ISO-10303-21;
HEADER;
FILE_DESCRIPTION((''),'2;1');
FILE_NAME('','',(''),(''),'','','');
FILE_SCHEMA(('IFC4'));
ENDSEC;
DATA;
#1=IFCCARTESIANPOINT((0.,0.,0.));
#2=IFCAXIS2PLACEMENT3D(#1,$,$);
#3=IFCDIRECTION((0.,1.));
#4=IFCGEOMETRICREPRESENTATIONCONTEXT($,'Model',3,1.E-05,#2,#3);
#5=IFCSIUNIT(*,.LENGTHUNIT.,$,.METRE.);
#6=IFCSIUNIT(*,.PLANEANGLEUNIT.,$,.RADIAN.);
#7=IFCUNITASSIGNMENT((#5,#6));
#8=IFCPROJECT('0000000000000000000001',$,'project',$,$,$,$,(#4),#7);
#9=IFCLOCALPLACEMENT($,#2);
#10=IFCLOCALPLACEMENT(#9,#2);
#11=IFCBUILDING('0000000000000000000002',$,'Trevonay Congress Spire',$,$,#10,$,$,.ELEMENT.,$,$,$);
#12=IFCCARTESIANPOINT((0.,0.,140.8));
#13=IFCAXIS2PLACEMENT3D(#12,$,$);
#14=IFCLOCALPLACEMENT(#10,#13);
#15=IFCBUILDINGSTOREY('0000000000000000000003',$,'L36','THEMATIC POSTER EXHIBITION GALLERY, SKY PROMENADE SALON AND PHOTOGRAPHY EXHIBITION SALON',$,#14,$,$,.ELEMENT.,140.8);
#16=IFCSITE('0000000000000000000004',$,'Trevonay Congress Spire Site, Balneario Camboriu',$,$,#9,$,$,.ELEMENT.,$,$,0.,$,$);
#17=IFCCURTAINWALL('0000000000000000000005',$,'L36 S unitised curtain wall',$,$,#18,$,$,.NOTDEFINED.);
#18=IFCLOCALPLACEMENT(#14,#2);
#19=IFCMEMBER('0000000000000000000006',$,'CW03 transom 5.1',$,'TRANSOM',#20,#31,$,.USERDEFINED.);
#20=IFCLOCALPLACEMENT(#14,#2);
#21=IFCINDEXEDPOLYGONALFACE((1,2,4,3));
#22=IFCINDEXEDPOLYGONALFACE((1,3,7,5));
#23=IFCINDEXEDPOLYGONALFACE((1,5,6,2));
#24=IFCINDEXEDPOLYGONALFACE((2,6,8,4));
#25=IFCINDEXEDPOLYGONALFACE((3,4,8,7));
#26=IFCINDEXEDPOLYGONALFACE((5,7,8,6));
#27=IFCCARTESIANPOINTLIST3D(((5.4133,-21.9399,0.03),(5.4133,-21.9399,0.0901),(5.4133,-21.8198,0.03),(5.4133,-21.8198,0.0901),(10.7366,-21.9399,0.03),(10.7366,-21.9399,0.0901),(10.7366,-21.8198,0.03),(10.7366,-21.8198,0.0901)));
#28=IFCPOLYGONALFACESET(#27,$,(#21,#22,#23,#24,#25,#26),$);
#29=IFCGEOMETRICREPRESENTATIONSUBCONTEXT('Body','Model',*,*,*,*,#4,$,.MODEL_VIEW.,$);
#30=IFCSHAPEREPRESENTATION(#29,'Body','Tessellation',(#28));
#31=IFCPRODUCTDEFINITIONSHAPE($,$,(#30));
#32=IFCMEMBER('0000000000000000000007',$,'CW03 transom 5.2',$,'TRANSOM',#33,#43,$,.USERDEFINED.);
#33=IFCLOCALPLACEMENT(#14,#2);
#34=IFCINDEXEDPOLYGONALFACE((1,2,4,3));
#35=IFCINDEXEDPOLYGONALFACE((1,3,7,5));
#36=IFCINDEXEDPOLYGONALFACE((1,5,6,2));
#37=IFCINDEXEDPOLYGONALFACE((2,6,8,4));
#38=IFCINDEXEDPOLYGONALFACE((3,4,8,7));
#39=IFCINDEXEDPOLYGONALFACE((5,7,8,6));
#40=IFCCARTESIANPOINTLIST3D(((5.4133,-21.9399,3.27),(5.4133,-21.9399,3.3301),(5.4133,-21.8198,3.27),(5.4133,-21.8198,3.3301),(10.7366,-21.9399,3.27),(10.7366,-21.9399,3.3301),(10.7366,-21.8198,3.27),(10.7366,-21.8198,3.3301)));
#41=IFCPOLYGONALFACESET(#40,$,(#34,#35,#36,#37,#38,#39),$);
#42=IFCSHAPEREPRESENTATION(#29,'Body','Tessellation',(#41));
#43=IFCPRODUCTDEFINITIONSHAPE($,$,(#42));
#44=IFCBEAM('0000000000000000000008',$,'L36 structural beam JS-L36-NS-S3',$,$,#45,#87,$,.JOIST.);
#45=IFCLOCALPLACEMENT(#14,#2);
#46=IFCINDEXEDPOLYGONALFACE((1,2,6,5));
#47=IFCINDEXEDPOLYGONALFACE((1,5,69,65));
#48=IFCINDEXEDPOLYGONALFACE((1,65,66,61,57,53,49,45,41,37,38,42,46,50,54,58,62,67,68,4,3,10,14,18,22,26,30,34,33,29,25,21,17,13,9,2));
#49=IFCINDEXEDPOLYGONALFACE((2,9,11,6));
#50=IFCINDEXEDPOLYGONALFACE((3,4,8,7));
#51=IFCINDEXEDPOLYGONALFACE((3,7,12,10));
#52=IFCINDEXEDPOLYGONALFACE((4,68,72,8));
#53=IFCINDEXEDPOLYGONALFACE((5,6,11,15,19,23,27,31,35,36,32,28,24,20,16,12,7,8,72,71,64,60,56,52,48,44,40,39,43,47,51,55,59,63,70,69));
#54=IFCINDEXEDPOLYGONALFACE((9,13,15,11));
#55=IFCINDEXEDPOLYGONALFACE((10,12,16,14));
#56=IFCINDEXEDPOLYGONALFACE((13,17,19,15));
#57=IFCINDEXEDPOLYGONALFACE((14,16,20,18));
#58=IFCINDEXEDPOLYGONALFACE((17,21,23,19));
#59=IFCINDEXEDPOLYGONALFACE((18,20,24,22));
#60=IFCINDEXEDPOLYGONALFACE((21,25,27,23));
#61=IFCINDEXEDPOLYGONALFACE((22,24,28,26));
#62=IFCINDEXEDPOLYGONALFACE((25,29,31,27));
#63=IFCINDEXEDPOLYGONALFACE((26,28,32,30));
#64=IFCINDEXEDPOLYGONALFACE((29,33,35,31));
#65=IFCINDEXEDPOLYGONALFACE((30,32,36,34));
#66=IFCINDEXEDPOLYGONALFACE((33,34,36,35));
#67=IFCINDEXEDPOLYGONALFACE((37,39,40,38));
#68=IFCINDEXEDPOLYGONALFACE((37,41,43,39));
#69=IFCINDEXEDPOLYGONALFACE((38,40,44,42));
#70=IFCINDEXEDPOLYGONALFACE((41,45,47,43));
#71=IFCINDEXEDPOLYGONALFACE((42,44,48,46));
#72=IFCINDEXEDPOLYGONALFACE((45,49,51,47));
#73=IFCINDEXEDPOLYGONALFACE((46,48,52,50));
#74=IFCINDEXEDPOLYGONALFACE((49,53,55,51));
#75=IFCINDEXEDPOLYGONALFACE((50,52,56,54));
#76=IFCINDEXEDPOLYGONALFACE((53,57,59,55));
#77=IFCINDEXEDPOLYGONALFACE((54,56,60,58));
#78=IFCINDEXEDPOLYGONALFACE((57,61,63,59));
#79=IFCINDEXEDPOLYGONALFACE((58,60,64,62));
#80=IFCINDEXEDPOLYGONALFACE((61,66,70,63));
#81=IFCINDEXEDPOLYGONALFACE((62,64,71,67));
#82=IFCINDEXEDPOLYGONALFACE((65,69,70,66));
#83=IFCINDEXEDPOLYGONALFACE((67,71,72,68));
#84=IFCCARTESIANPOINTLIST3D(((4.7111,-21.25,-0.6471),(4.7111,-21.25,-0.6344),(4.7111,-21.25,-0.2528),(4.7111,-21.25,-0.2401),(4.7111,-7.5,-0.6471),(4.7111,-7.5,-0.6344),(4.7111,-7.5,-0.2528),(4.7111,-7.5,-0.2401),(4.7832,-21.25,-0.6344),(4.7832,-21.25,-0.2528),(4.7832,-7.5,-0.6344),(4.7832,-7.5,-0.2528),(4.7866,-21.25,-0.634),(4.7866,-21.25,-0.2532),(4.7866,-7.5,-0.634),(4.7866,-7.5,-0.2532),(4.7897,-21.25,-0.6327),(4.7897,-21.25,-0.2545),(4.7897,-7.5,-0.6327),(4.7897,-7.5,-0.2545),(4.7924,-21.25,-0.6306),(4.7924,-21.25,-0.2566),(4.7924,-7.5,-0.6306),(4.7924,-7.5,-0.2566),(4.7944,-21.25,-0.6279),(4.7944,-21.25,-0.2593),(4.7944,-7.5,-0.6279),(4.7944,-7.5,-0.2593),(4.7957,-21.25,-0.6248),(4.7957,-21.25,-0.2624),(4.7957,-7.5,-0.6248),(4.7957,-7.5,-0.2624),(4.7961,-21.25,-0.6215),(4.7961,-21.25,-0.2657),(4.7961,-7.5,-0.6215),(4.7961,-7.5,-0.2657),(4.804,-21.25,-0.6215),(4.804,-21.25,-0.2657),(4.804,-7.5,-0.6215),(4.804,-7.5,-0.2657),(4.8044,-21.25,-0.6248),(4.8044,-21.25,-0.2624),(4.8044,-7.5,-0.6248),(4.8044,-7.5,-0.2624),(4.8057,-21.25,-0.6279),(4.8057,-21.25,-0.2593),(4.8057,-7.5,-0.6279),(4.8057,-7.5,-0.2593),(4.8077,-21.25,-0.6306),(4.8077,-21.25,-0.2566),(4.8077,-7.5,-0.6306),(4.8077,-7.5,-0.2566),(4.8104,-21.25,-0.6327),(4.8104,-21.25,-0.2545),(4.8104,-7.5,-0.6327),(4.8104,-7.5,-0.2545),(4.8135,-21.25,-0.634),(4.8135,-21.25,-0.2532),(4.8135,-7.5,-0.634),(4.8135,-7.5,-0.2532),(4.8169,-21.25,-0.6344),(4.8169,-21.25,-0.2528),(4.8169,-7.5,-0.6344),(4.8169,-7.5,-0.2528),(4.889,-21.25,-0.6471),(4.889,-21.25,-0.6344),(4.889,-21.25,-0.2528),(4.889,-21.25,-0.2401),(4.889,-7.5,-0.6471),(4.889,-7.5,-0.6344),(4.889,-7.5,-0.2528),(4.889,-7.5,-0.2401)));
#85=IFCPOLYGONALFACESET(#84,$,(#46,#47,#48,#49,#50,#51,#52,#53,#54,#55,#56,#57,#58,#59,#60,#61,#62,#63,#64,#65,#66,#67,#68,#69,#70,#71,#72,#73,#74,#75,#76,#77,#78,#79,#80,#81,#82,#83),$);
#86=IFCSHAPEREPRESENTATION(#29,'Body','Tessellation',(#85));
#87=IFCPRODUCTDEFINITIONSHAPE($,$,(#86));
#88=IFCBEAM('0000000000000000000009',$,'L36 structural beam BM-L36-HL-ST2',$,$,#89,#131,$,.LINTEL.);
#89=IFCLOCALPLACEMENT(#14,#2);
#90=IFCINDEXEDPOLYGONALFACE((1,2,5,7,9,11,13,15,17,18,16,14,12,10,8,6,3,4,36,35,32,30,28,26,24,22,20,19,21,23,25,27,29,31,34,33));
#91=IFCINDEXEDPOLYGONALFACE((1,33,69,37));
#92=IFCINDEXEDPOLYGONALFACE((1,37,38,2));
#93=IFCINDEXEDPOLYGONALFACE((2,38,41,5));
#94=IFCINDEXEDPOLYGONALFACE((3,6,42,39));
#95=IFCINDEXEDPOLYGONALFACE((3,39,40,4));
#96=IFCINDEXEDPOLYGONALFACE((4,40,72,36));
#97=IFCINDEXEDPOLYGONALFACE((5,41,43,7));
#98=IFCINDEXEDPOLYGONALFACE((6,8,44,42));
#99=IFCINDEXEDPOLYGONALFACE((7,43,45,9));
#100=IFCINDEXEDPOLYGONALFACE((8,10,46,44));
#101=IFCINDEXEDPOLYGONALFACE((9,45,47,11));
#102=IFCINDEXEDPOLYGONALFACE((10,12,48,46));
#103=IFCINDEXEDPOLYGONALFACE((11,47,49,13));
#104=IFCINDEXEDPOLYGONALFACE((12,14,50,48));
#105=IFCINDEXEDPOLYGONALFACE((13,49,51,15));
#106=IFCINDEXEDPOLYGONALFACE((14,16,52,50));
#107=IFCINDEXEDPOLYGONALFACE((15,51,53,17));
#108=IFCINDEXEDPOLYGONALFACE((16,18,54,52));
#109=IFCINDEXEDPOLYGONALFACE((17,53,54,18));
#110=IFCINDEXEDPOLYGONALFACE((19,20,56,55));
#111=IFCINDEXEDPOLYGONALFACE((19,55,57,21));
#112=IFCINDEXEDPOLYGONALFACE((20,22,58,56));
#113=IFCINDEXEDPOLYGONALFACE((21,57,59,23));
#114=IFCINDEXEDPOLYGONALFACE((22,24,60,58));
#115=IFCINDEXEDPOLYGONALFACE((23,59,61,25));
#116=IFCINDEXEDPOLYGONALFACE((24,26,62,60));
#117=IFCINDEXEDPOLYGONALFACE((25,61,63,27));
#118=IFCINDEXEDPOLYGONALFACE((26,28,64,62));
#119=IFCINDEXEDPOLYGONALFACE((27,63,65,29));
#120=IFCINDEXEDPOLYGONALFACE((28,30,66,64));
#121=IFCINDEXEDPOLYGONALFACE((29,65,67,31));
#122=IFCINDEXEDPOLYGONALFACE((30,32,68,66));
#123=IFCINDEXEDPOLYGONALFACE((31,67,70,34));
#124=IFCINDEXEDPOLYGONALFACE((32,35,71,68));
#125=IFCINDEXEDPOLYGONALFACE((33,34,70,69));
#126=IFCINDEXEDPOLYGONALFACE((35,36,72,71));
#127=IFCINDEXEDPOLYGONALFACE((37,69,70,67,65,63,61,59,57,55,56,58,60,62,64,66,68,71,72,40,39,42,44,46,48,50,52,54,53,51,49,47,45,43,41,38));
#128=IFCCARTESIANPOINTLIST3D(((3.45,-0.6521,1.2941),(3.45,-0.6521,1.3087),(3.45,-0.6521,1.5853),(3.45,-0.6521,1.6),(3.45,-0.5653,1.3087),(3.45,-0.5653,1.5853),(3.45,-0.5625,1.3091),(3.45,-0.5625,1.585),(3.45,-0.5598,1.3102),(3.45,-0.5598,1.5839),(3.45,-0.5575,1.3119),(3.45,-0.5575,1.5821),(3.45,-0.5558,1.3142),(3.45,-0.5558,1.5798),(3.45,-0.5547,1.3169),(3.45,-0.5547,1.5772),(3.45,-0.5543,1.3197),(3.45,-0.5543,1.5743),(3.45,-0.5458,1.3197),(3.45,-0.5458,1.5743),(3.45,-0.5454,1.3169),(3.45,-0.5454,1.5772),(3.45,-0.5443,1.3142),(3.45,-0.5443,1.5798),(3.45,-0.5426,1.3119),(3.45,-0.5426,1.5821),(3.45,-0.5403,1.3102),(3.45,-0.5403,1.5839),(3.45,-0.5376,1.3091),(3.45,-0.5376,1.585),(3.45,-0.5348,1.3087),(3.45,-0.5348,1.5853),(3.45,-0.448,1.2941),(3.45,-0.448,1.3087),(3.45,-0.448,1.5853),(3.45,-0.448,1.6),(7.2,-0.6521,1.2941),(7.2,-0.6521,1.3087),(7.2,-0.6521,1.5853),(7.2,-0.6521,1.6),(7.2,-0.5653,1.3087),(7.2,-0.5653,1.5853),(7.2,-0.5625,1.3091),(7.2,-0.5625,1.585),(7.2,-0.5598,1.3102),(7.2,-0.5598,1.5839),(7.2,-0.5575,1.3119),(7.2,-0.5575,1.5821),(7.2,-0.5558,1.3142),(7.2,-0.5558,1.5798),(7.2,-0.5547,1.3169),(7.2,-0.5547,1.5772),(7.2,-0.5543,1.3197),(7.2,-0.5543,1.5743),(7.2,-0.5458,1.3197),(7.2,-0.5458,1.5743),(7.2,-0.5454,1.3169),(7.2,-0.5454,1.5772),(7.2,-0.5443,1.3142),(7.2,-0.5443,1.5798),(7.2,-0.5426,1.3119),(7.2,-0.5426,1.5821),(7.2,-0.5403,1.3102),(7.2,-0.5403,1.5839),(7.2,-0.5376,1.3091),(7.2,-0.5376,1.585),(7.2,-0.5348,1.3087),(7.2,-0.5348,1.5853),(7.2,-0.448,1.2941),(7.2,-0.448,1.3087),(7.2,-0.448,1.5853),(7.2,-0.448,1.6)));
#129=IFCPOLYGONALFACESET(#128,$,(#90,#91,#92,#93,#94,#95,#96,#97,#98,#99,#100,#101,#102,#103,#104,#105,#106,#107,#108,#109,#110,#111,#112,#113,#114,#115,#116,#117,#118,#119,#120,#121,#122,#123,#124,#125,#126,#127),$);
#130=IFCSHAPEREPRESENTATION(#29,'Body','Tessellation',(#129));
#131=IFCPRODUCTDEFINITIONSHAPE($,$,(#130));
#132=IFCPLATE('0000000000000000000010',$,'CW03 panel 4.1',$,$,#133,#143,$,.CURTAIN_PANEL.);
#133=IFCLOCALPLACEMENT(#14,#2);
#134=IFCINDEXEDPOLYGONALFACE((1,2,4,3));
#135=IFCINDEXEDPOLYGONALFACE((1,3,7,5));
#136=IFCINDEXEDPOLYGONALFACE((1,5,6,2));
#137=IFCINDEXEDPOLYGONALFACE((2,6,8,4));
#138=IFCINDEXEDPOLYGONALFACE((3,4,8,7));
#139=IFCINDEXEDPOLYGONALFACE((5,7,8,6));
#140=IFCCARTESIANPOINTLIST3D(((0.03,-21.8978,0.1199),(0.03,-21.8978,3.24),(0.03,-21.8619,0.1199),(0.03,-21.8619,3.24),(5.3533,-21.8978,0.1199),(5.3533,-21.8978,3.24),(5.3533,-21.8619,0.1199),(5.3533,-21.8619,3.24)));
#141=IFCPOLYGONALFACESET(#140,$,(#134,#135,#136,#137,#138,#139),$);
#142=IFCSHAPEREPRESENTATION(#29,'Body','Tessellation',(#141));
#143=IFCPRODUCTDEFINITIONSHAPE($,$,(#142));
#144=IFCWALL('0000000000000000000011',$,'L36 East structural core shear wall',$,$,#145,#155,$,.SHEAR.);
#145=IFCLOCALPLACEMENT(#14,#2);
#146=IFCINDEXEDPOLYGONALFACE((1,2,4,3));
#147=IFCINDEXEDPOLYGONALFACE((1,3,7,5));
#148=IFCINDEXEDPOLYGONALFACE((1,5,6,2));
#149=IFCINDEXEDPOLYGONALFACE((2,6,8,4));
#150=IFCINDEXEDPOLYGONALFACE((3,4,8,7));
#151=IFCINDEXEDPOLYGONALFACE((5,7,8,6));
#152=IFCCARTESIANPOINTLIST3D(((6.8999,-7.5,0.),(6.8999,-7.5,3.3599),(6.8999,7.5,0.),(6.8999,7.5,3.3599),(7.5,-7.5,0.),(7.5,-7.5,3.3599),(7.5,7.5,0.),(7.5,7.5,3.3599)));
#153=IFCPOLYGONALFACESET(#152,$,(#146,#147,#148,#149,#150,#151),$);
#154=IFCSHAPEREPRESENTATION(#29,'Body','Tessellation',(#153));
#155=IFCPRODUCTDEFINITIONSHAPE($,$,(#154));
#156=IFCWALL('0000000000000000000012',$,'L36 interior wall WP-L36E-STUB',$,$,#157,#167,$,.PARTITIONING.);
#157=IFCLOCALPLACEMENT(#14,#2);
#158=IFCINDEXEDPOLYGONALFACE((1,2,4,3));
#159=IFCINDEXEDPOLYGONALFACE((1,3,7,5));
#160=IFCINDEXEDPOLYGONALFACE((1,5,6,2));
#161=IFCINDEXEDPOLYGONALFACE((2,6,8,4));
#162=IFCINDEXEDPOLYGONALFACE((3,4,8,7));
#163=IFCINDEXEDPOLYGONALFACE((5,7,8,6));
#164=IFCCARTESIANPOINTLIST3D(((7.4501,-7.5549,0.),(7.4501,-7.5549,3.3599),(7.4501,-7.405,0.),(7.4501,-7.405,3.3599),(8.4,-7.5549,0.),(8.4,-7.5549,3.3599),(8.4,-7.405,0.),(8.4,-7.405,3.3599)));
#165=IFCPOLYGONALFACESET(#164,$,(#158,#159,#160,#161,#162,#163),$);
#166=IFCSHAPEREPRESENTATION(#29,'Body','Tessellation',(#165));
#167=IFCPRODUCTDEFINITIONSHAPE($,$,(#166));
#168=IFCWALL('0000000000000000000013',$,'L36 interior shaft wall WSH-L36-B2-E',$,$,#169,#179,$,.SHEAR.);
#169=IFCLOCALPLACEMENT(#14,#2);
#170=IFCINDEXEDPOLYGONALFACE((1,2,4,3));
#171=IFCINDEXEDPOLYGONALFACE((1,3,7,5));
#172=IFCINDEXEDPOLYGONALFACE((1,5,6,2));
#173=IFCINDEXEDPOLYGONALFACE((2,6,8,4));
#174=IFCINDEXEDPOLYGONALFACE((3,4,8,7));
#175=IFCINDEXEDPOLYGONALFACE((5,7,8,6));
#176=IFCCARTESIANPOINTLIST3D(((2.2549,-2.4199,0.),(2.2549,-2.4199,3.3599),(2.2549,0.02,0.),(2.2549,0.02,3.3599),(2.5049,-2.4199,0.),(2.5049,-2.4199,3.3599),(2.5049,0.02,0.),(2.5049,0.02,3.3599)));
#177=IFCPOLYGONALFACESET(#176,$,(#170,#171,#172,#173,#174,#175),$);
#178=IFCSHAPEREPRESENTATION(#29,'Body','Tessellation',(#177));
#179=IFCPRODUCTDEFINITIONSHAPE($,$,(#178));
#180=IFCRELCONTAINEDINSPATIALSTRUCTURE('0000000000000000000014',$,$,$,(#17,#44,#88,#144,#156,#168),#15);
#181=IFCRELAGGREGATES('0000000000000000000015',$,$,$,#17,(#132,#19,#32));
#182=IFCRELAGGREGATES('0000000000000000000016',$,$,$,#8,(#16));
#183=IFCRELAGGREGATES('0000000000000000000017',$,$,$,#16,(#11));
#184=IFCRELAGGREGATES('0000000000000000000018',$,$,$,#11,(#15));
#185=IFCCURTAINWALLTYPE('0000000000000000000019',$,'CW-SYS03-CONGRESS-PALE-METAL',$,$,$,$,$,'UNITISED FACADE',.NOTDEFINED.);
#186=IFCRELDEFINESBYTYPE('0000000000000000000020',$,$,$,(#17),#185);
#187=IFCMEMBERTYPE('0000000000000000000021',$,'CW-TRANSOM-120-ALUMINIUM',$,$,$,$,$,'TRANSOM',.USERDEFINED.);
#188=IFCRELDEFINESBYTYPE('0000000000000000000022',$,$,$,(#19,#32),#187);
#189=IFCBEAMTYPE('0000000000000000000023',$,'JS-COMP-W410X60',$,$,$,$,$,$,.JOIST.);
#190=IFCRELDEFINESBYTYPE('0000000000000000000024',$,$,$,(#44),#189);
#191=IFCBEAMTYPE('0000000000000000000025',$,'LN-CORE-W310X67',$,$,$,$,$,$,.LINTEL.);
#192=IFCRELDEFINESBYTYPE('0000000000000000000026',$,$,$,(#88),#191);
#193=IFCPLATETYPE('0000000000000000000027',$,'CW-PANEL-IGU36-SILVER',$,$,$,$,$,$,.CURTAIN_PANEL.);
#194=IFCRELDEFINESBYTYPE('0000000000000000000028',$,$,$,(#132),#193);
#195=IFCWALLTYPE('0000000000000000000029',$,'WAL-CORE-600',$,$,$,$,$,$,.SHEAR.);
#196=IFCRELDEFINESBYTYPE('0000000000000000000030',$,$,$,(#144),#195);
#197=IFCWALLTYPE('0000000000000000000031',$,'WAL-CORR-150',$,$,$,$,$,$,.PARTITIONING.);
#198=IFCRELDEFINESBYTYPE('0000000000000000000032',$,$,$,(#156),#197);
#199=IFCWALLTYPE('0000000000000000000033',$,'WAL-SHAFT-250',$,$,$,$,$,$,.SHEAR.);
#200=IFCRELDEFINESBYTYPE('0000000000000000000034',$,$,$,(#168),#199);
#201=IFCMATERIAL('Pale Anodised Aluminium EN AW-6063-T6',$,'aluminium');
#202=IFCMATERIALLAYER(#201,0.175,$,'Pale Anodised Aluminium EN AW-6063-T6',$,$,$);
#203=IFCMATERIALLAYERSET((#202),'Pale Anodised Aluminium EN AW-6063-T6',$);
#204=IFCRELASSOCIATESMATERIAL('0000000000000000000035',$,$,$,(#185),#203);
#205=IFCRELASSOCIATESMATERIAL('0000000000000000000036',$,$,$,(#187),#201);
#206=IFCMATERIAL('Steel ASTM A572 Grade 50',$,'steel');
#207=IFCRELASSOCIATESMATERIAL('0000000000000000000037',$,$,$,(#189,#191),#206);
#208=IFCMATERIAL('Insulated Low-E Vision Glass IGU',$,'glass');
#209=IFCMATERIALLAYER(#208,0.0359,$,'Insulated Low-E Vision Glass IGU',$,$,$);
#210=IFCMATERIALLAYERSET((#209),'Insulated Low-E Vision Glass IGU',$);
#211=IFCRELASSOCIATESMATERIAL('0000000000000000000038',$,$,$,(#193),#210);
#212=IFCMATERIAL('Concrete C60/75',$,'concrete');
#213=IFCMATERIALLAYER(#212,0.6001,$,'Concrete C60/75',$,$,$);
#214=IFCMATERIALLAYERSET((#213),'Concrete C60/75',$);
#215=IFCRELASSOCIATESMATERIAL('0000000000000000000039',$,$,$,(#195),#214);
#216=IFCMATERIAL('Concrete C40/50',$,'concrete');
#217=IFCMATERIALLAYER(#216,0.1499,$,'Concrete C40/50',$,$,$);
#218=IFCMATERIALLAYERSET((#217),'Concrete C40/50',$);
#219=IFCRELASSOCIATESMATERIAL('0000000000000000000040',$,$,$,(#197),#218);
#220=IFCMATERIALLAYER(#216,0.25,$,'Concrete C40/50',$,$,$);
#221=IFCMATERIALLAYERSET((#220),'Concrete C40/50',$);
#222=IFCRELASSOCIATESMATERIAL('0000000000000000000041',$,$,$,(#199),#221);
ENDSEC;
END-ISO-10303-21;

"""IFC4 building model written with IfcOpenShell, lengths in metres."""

from ifc_helpers import new_model, si_unit, direction, frame, frame_2d, origin, origin_2d, place, context, subcontext, project, spatial, rectangle, i_section, extrude, material, layer, layer_set, material_profile, profile_set, type_object, element, aggregate, save


model = new_model("IFC4")

# Units and contexts
model_context = context("Model", 3, precision=1e-05, world=origin(), true_north=direction((0.0, 1.0)))
body_context = subcontext(model_context, "Body", "Model", "MODEL_VIEW")
ifc_project = project(units=[si_unit("LENGTHUNIT", "METRE"), si_unit("PLANEANGLEUNIT", "RADIAN")], contexts=[model_context])

# Site, building, storey
site_placement = place(None, origin())
site = spatial("IfcSite", under=ifc_project, at=site_placement, Name="Trevonay Congress Spire Site, Balneario Camboriu", CompositionType="ELEMENT", RefElevation=0.0)
building_placement = place(site_placement, origin())
building = spatial("IfcBuilding", under=site, at=building_placement, Name="Trevonay Congress Spire", CompositionType="ELEMENT")
storey_placement = place(building_placement, frame((0.0, 0.0, 140.8)))
storey = spatial("IfcBuildingStorey", under=building, at=storey_placement, Name="L36", Description="THEMATIC POSTER EXHIBITION GALLERY, SKY PROMENADE SALON AND PHOTOGRAPHY EXHIBITION SALON", CompositionType="ELEMENT", Elevation=140.8)

# Shared definitions
ifc_material_1 = material(Name="Steel ASTM A572 Grade 50", Category="steel")

# Curtain wall, members
ifc_material_2 = material(Name="Pale Anodised Aluminium EN AW-6063-T6", Category="aluminium")
ifc_layer_1 = layer(ifc_material_2, 0.175, Name="Pale Anodised Aluminium EN AW-6063-T6")
ifc_layer_set_1 = layer_set([ifc_layer_1], Name="Pale Anodised Aluminium EN AW-6063-T6")
curtain_wall_type = type_object("IfcCurtainWallType", Name="CW-SYS03-CONGRESS-PALE-METAL", ElementType="UNITISED FACADE", PredefinedType="NOTDEFINED", material=ifc_layer_set_1)
curtain_wall_placement = place(storey_placement, origin())
curtain_wall = element("IfcCurtainWall", 1, at=curtain_wall_placement, inside=storey, type_object=curtain_wall_type, Name="L36 S unitised curtain wall", PredefinedType="NOTDEFINED")
ifc_material_profile_1 = material_profile(ifc_material_2, rectangle(XDim=0.1201, YDim=0.0601, at=origin_2d()), Name="CW-TRANSOM-120-ALUMINIUM")
ifc_profile_set_1 = profile_set([ifc_material_profile_1], Name="Pale Anodised Aluminium EN AW-6063-T6")
member_type_1 = type_object("IfcMemberType", Name="CW-TRANSOM-120-ALUMINIUM", ElementType="TRANSOM", PredefinedType="USERDEFINED", material=ifc_profile_set_1)
member_1_placement = place(storey_placement, frame((5.4133, -21.8799, 0.0601), z_axis=(1.0, 0.0, 0.0), x_axis=(0.0, 1.0, 0.0)))
member_1 = element("IfcMember", 2, at=member_1_placement, type_object=member_type_1, Name="CW03 transom 5.1", ObjectType="TRANSOM", PredefinedType="USERDEFINED", context=body_context, shape_type="SweptSolid", body=[
    extrude(rectangle(XDim=0.1201, YDim=0.0601, at=origin_2d()), origin(), (0.0, 0.0, 1.0), 5.3232),
])
member_2_placement = place(storey_placement, frame((5.4133, -21.8799, 3.3), z_axis=(1.0, 0.0, 0.0), x_axis=(0.0, 1.0, 0.0)))
member_2 = element("IfcMember", 3, at=member_2_placement, type_object=member_type_1, Name="CW03 transom 5.2", ObjectType="TRANSOM", PredefinedType="USERDEFINED", context=body_context, shape_type="SweptSolid", body=[
    extrude(rectangle(XDim=0.1201, YDim=0.0601, at=origin_2d()), origin(), (0.0, 0.0, 1.0), 5.3232),
])

# Beams
ifc_material_profile_2 = material_profile(ifc_material_1, i_section(OverallWidth=0.178, OverallDepth=0.407, WebThickness=0.0078, FlangeThickness=0.0127, FilletRadius=0.0129, at=origin_2d()), Name="W410x60")
ifc_profile_set_2 = profile_set([ifc_material_profile_2], Name="Steel ASTM A572 Grade 50")
beam_type_1 = type_object("IfcBeamType", Name="JS-COMP-W410X60", PredefinedType="JOIST", material=ifc_profile_set_2)
beam_1_placement = place(storey_placement, frame((4.8, -21.25, -0.4436), z_axis=(0.0, 1.0, 0.0), x_axis=(-1.0, 0.0, 0.0)))
element("IfcBeam", 4, at=beam_1_placement, inside=storey, type_object=beam_type_1, Name="L36 structural beam JS-L36-NS-S3", PredefinedType="JOIST", context=body_context, shape_type="SweptSolid", body=[
    extrude(i_section(OverallWidth=0.178, OverallDepth=0.407, WebThickness=0.0078, FlangeThickness=0.0127, FilletRadius=0.0129, at=origin_2d()), origin(), (0.0, 0.0, 1.0), 13.75),
])
ifc_material_profile_3 = material_profile(ifc_material_1, i_section(OverallWidth=0.2041, OverallDepth=0.3059, WebThickness=0.0085, FlangeThickness=0.0146, FilletRadius=0.011, at=origin_2d()), Name="W310x67")
ifc_profile_set_3 = profile_set([ifc_material_profile_3], Name="Steel ASTM A572 Grade 50")
beam_type_2 = type_object("IfcBeamType", Name="LN-CORE-W310X67", PredefinedType="LINTEL", material=ifc_profile_set_3)
beam_2_placement = place(storey_placement, frame((3.45, -0.55, 1.447), z_axis=(1.0, 0.0, 0.0), x_axis=(0.0, 1.0, 0.0)))
element("IfcBeam", 5, at=beam_2_placement, inside=storey, type_object=beam_type_2, Name="L36 structural beam BM-L36-HL-ST2", PredefinedType="LINTEL", context=body_context, shape_type="SweptSolid", body=[
    extrude(i_section(OverallWidth=0.2041, OverallDepth=0.3059, WebThickness=0.0085, FlangeThickness=0.0146, FilletRadius=0.011, at=origin_2d()), origin(), (0.0, 0.0, 1.0), 3.75),
])

# Plate
ifc_material_3 = material(Name="Insulated Low-E Vision Glass IGU", Category="glass")
ifc_layer_2 = layer(ifc_material_3, 0.0359, Name="Insulated Low-E Vision Glass IGU")
ifc_layer_set_2 = layer_set([ifc_layer_2], Name="Insulated Low-E Vision Glass IGU")
plate_type = type_object("IfcPlateType", Name="CW-PANEL-IGU36-SILVER", PredefinedType="CURTAIN_PANEL", material=ifc_layer_set_2)
plate_placement = place(storey_placement, frame((2.6917, -21.8799, 0.1199), z_axis=(0.0, 0.0, 1.0), x_axis=(1.0, 0.0, 0.0)))
plate = element("IfcPlate", 6, at=plate_placement, type_object=plate_type, Name="CW03 panel 4.1", PredefinedType="CURTAIN_PANEL", context=body_context, shape_type="SweptSolid", body=[
    extrude(rectangle(XDim=5.3232, YDim=0.0359, at=origin_2d()), origin(), (0.0, 0.0, 1.0), 3.1201),
])
aggregate(curtain_wall, [plate, member_1, member_2])

# Walls
ifc_material_4 = material(Name="Concrete C60/75", Category="concrete")
ifc_layer_3 = layer(ifc_material_4, 0.6001, Name="Concrete C60/75")
ifc_layer_set_3 = layer_set([ifc_layer_3], Name="Concrete C60/75")
wall_type_1 = type_object("IfcWallType", Name="WAL-CORE-600", PredefinedType="SHEAR", material=ifc_layer_set_3)
wall_1_placement = place(storey_placement, frame((7.2, -7.5, 0.0), z_axis=(0.0, 0.0, 1.0), x_axis=(0.0, 1.0, 0.0)))
element("IfcWall", 7, at=wall_1_placement, inside=storey, type_object=wall_type_1, Name="L36 East structural core shear wall", PredefinedType="SHEAR", context=body_context, shape_type="SweptSolid", body=[
    extrude(rectangle(XDim=15.0, YDim=0.6001, at=frame_2d((7.5, 0.0))), origin(), (0.0, 0.0, 1.0), 3.3599),
])
ifc_material_5 = material(Name="Concrete C40/50", Category="concrete")
ifc_layer_4 = layer(ifc_material_5, 0.1499, Name="Concrete C40/50")
ifc_layer_set_4 = layer_set([ifc_layer_4], Name="Concrete C40/50")
wall_type_2 = type_object("IfcWallType", Name="WAL-CORR-150", PredefinedType="PARTITIONING", material=ifc_layer_set_4)
wall_2_placement = place(storey_placement, frame((7.45, -7.48, 0.0), z_axis=(0.0, 0.0, 1.0), x_axis=(1.0, 0.0, 0.0)))
element("IfcWall", 8, at=wall_2_placement, inside=storey, type_object=wall_type_2, Name="L36 interior wall WP-L36E-STUB", PredefinedType="PARTITIONING", context=body_context, shape_type="SweptSolid", body=[
    extrude(rectangle(XDim=0.95, YDim=0.1499, at=frame_2d((0.4751, 0.0))), origin(), (0.0, 0.0, 1.0), 3.3599),
])
ifc_layer_5 = layer(ifc_material_5, 0.25, Name="Concrete C40/50")
ifc_layer_set_5 = layer_set([ifc_layer_5], Name="Concrete C40/50")
wall_type_3 = type_object("IfcWallType", Name="WAL-SHAFT-250", PredefinedType="SHEAR", material=ifc_layer_set_5)
wall_3_placement = place(storey_placement, frame((2.3799, -2.4199, 0.0), z_axis=(0.0, 0.0, 1.0), x_axis=(0.0, 1.0, 0.0)))
element("IfcWall", 9, at=wall_3_placement, inside=storey, type_object=wall_type_3, Name="L36 interior shaft wall WSH-L36-B2-E", PredefinedType="SHEAR", context=body_context, shape_type="SweptSolid", body=[
    extrude(rectangle(XDim=2.4399, YDim=0.25, at=frame_2d((1.22, 0.0))), origin(), (0.0, 0.0, 1.0), 3.3599),
])

save(model, "model.ifc")
